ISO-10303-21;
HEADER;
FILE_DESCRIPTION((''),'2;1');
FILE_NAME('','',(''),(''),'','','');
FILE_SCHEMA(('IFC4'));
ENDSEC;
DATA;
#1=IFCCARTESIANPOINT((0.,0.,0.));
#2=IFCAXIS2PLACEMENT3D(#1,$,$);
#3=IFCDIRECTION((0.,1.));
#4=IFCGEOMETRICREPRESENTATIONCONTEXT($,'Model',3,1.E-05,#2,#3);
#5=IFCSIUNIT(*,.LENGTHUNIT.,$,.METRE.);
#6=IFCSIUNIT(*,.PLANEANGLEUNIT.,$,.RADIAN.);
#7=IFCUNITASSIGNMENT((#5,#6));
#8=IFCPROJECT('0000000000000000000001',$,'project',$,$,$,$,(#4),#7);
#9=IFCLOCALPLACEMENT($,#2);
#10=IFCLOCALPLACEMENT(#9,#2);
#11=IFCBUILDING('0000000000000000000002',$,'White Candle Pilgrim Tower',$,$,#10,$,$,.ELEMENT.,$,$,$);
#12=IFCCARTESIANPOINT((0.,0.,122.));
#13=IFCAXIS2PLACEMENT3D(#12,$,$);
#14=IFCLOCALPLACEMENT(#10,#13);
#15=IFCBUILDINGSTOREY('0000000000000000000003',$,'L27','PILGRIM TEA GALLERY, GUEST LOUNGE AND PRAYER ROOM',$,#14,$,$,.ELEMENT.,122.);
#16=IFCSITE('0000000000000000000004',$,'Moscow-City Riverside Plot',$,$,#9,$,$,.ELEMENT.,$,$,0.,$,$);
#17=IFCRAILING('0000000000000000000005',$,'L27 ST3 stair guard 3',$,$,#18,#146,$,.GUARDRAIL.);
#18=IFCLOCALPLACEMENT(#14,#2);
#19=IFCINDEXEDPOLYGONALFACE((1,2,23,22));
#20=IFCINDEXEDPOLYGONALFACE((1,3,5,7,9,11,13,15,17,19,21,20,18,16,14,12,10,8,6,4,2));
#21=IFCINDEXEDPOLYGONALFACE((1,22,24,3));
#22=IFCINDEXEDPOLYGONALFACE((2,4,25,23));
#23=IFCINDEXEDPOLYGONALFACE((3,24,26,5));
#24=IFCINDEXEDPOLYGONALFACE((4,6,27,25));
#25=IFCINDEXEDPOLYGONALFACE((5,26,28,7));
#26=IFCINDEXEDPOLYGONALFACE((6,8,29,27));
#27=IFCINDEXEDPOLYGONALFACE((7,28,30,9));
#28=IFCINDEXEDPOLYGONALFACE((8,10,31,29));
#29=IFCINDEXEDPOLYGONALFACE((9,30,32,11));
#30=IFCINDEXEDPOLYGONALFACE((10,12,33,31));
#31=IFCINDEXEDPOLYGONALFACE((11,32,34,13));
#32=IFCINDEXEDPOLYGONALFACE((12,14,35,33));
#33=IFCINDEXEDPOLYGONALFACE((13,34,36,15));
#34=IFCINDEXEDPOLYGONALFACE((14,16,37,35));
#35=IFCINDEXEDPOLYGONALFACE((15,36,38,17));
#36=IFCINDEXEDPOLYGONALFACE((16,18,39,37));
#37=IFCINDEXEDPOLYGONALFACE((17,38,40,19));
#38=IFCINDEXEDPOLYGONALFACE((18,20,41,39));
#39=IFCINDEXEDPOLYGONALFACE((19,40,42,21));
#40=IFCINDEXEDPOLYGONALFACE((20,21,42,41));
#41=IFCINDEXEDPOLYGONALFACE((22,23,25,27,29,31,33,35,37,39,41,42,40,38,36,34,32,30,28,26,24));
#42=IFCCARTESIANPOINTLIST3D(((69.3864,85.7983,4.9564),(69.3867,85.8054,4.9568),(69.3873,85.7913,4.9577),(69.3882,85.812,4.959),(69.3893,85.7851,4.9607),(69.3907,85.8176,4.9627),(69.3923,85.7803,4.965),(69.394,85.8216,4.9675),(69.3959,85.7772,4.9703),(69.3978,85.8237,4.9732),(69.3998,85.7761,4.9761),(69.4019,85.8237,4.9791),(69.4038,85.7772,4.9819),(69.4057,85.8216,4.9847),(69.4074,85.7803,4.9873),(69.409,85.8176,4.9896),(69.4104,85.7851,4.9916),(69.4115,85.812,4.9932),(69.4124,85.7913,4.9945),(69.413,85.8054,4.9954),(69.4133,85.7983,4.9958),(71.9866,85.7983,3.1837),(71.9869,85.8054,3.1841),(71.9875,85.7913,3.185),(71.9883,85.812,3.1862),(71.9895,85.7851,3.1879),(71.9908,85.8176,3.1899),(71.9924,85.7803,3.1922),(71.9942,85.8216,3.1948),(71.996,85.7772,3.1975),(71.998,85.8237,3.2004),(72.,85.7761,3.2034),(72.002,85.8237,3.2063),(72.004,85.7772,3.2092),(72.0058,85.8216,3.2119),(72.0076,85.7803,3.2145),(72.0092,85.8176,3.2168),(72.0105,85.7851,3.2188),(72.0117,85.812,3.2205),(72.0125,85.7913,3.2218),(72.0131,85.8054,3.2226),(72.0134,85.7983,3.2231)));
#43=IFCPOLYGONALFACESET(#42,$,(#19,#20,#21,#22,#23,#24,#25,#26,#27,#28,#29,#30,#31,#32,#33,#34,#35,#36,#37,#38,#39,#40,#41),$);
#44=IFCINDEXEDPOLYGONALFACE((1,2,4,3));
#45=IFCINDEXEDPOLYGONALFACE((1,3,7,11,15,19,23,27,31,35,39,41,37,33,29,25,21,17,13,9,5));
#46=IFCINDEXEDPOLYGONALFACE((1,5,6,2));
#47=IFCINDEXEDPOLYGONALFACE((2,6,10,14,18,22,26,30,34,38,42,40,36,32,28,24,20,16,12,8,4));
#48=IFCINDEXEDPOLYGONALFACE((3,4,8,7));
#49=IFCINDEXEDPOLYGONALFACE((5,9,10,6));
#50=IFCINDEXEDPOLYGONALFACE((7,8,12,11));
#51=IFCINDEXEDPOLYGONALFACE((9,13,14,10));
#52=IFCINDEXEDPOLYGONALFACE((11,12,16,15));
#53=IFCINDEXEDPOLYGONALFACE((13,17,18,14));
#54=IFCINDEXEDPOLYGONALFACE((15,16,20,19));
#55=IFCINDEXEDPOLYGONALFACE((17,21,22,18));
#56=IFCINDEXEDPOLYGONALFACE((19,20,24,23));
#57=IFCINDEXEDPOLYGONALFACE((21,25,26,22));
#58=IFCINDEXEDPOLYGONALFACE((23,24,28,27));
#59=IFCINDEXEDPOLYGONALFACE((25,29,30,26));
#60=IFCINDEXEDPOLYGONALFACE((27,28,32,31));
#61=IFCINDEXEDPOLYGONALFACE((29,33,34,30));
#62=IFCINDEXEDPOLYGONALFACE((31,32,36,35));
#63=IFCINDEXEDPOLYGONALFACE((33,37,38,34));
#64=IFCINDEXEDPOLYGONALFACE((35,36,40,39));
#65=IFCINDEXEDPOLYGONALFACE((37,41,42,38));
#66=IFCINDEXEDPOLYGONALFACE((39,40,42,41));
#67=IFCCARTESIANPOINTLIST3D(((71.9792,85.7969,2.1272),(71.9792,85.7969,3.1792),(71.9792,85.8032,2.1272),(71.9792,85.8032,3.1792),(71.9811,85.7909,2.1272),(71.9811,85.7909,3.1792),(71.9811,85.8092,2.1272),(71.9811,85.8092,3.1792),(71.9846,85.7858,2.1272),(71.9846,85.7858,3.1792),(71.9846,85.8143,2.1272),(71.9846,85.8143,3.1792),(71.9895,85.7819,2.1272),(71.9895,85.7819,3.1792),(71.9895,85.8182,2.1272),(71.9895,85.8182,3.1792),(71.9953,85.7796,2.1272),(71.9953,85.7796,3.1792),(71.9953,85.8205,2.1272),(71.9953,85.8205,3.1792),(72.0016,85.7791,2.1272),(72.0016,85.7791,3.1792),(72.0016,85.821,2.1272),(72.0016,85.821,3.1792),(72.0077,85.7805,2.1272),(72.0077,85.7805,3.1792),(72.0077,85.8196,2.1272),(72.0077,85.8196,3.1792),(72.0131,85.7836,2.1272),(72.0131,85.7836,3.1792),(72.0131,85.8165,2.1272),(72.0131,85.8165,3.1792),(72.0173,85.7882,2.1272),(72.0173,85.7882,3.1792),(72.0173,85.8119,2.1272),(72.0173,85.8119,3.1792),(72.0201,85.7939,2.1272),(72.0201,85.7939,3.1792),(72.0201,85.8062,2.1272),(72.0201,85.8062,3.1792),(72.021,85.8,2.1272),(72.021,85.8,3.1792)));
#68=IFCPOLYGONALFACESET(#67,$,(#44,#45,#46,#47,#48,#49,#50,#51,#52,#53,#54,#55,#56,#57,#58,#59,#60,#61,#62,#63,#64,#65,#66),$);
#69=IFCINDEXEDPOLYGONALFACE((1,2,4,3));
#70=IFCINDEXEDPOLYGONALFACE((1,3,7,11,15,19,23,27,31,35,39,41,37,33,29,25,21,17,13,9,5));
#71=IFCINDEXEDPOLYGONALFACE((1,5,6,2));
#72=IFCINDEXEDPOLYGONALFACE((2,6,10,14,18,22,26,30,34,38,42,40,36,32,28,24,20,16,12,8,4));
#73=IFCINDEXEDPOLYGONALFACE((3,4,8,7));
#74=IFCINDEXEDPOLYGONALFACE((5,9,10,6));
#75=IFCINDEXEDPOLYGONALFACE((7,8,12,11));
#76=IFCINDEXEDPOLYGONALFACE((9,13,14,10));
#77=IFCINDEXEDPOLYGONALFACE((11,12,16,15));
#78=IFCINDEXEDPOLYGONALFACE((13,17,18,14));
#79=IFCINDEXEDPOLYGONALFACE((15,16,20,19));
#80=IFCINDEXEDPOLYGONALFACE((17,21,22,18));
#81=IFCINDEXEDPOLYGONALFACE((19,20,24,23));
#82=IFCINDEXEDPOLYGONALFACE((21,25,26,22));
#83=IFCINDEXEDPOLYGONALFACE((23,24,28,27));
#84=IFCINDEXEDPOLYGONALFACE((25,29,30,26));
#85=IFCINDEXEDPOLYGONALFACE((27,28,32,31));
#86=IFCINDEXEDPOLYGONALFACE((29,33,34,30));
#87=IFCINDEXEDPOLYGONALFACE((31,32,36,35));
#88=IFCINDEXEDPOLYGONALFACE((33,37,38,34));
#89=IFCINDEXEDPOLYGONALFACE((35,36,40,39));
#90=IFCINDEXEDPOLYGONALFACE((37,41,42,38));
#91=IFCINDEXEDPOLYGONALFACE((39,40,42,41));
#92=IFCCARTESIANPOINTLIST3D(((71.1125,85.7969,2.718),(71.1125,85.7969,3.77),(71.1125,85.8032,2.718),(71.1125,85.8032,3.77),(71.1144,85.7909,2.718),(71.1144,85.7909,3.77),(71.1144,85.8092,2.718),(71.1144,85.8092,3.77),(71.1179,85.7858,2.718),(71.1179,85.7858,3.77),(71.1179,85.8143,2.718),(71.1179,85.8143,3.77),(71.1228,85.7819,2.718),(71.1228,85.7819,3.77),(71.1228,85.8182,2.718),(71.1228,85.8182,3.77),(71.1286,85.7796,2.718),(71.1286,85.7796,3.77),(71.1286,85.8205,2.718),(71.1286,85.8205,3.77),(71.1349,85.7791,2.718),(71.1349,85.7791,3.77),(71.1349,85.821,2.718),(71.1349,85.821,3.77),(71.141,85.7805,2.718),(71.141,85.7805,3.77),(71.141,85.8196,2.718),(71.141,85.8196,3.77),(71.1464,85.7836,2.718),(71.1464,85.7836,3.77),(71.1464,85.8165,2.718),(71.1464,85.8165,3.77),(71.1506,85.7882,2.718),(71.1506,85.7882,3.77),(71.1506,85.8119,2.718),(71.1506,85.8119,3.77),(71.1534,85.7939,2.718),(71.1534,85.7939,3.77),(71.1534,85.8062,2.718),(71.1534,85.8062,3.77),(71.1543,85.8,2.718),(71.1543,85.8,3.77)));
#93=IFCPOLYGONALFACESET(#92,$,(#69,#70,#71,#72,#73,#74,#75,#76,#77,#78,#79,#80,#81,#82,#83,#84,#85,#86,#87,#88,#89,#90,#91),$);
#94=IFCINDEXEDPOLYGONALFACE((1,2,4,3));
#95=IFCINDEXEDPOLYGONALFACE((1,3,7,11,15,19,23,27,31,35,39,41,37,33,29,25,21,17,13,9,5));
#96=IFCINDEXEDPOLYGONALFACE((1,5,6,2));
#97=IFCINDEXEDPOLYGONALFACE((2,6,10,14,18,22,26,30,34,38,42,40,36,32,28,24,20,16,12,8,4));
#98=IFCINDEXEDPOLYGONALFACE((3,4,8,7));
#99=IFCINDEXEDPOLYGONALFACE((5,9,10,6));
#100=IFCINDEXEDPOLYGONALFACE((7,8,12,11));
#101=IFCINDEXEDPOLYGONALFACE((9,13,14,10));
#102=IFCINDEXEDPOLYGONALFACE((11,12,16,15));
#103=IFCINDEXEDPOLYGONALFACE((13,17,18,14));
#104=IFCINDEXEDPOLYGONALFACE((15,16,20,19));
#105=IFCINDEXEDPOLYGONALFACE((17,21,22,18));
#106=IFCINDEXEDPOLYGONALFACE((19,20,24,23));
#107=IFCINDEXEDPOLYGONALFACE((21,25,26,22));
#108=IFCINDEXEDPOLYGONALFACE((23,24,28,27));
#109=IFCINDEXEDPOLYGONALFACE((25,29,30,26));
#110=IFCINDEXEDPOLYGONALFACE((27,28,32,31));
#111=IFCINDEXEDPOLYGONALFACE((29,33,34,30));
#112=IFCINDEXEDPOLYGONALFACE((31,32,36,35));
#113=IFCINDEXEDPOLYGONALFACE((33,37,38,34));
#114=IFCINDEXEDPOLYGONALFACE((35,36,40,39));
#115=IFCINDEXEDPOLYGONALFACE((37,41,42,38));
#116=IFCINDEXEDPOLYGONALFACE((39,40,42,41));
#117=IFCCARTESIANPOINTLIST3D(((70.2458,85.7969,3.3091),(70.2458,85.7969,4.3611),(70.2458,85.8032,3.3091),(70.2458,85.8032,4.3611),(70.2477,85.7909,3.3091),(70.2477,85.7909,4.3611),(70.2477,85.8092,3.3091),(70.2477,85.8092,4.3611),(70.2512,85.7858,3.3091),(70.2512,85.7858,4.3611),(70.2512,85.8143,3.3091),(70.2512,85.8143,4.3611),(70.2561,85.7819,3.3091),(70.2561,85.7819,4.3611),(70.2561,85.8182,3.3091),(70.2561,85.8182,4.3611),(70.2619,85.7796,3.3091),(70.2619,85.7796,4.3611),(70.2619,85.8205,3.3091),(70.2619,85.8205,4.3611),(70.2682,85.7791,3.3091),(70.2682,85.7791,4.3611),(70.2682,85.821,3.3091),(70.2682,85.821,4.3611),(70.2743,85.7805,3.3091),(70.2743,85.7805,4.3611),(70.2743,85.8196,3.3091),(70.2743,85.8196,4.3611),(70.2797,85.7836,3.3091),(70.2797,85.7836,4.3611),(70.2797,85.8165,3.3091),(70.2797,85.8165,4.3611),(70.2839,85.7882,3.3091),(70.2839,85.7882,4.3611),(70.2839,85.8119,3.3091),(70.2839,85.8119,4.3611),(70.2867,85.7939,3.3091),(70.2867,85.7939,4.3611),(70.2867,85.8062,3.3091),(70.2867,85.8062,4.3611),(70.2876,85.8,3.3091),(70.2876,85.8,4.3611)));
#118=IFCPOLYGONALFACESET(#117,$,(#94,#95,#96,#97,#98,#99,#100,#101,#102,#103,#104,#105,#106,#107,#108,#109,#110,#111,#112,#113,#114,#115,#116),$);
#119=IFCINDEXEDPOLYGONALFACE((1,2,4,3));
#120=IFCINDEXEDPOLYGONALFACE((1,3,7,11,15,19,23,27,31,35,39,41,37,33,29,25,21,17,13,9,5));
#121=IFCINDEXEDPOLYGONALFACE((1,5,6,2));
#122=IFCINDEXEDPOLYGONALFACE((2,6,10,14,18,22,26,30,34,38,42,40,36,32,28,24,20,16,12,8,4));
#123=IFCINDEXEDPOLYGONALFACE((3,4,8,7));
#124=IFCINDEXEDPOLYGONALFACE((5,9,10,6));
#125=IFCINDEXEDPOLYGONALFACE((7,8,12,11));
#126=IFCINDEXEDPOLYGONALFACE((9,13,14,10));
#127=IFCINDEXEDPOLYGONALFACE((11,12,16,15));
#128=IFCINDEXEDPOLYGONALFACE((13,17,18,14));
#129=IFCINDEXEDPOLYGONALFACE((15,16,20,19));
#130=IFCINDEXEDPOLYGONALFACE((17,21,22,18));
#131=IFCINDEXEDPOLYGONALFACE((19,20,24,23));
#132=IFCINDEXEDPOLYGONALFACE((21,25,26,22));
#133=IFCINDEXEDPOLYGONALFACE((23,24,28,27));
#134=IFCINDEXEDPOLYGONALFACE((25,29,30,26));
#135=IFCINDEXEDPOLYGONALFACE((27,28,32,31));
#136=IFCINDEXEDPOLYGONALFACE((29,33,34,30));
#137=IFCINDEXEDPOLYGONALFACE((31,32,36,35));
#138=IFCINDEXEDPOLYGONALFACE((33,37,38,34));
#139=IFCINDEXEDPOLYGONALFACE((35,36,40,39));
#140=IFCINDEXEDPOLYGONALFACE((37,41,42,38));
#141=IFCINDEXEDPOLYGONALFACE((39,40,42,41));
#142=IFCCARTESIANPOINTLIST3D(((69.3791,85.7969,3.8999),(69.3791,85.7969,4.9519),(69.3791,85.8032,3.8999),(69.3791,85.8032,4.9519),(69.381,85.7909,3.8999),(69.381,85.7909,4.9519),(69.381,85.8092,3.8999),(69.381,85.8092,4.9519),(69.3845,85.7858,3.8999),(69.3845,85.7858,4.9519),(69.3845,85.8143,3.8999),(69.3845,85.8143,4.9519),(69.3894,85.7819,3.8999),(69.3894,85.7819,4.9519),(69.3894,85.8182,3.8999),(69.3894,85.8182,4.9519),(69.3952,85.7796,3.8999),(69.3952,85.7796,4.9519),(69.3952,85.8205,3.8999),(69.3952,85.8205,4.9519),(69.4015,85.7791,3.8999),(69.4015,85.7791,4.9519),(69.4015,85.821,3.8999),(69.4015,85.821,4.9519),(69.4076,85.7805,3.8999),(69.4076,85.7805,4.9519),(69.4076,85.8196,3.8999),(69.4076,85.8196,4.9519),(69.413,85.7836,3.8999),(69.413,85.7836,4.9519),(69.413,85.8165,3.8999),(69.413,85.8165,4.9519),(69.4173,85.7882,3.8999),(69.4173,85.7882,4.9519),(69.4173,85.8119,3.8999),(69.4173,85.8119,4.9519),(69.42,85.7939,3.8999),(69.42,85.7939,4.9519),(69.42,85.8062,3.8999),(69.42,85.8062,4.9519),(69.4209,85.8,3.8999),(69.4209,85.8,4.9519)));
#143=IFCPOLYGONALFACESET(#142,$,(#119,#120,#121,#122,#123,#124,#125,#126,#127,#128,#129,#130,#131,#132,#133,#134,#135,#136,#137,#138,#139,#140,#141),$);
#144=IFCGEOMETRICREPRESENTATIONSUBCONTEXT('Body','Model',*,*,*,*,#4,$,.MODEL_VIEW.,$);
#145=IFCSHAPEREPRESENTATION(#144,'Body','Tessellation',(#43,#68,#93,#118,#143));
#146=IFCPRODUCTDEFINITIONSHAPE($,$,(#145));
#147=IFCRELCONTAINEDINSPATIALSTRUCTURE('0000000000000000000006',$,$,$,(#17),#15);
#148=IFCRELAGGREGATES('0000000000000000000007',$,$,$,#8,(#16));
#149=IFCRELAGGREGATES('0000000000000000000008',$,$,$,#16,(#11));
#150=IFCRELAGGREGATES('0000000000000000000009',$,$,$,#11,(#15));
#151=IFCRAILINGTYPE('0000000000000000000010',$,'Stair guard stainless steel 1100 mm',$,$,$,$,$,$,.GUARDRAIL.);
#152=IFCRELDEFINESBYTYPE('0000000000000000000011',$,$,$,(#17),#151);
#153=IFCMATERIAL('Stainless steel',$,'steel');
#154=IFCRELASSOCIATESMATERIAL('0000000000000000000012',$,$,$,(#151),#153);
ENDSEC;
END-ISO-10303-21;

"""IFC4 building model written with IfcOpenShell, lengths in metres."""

from ifc_helpers import new_model, si_unit, direction, frame, origin, origin_2d, place, context, subcontext, project, spatial, circle, extrude, material, type_object, element, save


model = new_model("IFC4")

# Units and contexts
model_context = context("Model", 3, precision=1e-05, world=origin(), true_north=direction((0.0, 1.0)))
body_context = subcontext(model_context, "Body", "Model", "MODEL_VIEW")
ifc_project = project(units=[si_unit("LENGTHUNIT", "METRE"), si_unit("PLANEANGLEUNIT", "RADIAN")], contexts=[model_context])

# Site, building, storey
site_placement = place(None, origin())
site = spatial("IfcSite", under=ifc_project, at=site_placement, Name="Moscow-City Riverside Plot", CompositionType="ELEMENT", RefElevation=0.0)
building_placement = place(site_placement, origin())
building = spatial("IfcBuilding", under=site, at=building_placement, Name="White Candle Pilgrim Tower", CompositionType="ELEMENT")
storey_placement = place(building_placement, frame((0.0, 0.0, 122.0)))
storey = spatial("IfcBuildingStorey", under=building, at=storey_placement, Name="L27", Description="PILGRIM TEA GALLERY, GUEST LOUNGE AND PRAYER ROOM", CompositionType="ELEMENT", Elevation=122.0)

# Railing
ifc_material_1 = material(Name="Stainless steel", Category="steel")
railing_type_1 = type_object("IfcRailingType", Name="Stair guard stainless steel 1100 mm", PredefinedType="GUARDRAIL", material=ifc_material_1)
railing_1_placement = place(storey_placement, frame((72.0, 85.8, 2.1272)))
element("IfcRailing", 1, at=railing_1_placement, inside=storey, type_object=railing_type_1, Name="L27 ST3 stair guard 3", PredefinedType="GUARDRAIL", context=body_context, shape_type="SweptSolid", body=[
    extrude(circle(Radius=0.0239, at=origin_2d()), frame((0.0, 0.0, 1.0762), z_axis=(-0.82624, 0.0, 0.563318), x_axis=(0.0, -1.0, 0.0)), (0.0, 0.0, 1.0), 3.147),
    extrude(circle(Radius=0.021, at=origin_2d()), origin(), (0.0, 0.0, 1.0), 1.052),
    extrude(circle(Radius=0.021, at=origin_2d()), frame((-0.8667, 0.0, 0.5908)), (0.0, 0.0, 1.0), 1.052),
    extrude(circle(Radius=0.021, at=origin_2d()), frame((-1.7334, 0.0, 1.1819)), (0.0, 0.0, 1.0), 1.052),
    extrude(circle(Radius=0.021, at=origin_2d()), frame((-2.6001, 0.0, 1.7727)), (0.0, 0.0, 1.0), 1.052),
])

save(model, "model.ifc")
